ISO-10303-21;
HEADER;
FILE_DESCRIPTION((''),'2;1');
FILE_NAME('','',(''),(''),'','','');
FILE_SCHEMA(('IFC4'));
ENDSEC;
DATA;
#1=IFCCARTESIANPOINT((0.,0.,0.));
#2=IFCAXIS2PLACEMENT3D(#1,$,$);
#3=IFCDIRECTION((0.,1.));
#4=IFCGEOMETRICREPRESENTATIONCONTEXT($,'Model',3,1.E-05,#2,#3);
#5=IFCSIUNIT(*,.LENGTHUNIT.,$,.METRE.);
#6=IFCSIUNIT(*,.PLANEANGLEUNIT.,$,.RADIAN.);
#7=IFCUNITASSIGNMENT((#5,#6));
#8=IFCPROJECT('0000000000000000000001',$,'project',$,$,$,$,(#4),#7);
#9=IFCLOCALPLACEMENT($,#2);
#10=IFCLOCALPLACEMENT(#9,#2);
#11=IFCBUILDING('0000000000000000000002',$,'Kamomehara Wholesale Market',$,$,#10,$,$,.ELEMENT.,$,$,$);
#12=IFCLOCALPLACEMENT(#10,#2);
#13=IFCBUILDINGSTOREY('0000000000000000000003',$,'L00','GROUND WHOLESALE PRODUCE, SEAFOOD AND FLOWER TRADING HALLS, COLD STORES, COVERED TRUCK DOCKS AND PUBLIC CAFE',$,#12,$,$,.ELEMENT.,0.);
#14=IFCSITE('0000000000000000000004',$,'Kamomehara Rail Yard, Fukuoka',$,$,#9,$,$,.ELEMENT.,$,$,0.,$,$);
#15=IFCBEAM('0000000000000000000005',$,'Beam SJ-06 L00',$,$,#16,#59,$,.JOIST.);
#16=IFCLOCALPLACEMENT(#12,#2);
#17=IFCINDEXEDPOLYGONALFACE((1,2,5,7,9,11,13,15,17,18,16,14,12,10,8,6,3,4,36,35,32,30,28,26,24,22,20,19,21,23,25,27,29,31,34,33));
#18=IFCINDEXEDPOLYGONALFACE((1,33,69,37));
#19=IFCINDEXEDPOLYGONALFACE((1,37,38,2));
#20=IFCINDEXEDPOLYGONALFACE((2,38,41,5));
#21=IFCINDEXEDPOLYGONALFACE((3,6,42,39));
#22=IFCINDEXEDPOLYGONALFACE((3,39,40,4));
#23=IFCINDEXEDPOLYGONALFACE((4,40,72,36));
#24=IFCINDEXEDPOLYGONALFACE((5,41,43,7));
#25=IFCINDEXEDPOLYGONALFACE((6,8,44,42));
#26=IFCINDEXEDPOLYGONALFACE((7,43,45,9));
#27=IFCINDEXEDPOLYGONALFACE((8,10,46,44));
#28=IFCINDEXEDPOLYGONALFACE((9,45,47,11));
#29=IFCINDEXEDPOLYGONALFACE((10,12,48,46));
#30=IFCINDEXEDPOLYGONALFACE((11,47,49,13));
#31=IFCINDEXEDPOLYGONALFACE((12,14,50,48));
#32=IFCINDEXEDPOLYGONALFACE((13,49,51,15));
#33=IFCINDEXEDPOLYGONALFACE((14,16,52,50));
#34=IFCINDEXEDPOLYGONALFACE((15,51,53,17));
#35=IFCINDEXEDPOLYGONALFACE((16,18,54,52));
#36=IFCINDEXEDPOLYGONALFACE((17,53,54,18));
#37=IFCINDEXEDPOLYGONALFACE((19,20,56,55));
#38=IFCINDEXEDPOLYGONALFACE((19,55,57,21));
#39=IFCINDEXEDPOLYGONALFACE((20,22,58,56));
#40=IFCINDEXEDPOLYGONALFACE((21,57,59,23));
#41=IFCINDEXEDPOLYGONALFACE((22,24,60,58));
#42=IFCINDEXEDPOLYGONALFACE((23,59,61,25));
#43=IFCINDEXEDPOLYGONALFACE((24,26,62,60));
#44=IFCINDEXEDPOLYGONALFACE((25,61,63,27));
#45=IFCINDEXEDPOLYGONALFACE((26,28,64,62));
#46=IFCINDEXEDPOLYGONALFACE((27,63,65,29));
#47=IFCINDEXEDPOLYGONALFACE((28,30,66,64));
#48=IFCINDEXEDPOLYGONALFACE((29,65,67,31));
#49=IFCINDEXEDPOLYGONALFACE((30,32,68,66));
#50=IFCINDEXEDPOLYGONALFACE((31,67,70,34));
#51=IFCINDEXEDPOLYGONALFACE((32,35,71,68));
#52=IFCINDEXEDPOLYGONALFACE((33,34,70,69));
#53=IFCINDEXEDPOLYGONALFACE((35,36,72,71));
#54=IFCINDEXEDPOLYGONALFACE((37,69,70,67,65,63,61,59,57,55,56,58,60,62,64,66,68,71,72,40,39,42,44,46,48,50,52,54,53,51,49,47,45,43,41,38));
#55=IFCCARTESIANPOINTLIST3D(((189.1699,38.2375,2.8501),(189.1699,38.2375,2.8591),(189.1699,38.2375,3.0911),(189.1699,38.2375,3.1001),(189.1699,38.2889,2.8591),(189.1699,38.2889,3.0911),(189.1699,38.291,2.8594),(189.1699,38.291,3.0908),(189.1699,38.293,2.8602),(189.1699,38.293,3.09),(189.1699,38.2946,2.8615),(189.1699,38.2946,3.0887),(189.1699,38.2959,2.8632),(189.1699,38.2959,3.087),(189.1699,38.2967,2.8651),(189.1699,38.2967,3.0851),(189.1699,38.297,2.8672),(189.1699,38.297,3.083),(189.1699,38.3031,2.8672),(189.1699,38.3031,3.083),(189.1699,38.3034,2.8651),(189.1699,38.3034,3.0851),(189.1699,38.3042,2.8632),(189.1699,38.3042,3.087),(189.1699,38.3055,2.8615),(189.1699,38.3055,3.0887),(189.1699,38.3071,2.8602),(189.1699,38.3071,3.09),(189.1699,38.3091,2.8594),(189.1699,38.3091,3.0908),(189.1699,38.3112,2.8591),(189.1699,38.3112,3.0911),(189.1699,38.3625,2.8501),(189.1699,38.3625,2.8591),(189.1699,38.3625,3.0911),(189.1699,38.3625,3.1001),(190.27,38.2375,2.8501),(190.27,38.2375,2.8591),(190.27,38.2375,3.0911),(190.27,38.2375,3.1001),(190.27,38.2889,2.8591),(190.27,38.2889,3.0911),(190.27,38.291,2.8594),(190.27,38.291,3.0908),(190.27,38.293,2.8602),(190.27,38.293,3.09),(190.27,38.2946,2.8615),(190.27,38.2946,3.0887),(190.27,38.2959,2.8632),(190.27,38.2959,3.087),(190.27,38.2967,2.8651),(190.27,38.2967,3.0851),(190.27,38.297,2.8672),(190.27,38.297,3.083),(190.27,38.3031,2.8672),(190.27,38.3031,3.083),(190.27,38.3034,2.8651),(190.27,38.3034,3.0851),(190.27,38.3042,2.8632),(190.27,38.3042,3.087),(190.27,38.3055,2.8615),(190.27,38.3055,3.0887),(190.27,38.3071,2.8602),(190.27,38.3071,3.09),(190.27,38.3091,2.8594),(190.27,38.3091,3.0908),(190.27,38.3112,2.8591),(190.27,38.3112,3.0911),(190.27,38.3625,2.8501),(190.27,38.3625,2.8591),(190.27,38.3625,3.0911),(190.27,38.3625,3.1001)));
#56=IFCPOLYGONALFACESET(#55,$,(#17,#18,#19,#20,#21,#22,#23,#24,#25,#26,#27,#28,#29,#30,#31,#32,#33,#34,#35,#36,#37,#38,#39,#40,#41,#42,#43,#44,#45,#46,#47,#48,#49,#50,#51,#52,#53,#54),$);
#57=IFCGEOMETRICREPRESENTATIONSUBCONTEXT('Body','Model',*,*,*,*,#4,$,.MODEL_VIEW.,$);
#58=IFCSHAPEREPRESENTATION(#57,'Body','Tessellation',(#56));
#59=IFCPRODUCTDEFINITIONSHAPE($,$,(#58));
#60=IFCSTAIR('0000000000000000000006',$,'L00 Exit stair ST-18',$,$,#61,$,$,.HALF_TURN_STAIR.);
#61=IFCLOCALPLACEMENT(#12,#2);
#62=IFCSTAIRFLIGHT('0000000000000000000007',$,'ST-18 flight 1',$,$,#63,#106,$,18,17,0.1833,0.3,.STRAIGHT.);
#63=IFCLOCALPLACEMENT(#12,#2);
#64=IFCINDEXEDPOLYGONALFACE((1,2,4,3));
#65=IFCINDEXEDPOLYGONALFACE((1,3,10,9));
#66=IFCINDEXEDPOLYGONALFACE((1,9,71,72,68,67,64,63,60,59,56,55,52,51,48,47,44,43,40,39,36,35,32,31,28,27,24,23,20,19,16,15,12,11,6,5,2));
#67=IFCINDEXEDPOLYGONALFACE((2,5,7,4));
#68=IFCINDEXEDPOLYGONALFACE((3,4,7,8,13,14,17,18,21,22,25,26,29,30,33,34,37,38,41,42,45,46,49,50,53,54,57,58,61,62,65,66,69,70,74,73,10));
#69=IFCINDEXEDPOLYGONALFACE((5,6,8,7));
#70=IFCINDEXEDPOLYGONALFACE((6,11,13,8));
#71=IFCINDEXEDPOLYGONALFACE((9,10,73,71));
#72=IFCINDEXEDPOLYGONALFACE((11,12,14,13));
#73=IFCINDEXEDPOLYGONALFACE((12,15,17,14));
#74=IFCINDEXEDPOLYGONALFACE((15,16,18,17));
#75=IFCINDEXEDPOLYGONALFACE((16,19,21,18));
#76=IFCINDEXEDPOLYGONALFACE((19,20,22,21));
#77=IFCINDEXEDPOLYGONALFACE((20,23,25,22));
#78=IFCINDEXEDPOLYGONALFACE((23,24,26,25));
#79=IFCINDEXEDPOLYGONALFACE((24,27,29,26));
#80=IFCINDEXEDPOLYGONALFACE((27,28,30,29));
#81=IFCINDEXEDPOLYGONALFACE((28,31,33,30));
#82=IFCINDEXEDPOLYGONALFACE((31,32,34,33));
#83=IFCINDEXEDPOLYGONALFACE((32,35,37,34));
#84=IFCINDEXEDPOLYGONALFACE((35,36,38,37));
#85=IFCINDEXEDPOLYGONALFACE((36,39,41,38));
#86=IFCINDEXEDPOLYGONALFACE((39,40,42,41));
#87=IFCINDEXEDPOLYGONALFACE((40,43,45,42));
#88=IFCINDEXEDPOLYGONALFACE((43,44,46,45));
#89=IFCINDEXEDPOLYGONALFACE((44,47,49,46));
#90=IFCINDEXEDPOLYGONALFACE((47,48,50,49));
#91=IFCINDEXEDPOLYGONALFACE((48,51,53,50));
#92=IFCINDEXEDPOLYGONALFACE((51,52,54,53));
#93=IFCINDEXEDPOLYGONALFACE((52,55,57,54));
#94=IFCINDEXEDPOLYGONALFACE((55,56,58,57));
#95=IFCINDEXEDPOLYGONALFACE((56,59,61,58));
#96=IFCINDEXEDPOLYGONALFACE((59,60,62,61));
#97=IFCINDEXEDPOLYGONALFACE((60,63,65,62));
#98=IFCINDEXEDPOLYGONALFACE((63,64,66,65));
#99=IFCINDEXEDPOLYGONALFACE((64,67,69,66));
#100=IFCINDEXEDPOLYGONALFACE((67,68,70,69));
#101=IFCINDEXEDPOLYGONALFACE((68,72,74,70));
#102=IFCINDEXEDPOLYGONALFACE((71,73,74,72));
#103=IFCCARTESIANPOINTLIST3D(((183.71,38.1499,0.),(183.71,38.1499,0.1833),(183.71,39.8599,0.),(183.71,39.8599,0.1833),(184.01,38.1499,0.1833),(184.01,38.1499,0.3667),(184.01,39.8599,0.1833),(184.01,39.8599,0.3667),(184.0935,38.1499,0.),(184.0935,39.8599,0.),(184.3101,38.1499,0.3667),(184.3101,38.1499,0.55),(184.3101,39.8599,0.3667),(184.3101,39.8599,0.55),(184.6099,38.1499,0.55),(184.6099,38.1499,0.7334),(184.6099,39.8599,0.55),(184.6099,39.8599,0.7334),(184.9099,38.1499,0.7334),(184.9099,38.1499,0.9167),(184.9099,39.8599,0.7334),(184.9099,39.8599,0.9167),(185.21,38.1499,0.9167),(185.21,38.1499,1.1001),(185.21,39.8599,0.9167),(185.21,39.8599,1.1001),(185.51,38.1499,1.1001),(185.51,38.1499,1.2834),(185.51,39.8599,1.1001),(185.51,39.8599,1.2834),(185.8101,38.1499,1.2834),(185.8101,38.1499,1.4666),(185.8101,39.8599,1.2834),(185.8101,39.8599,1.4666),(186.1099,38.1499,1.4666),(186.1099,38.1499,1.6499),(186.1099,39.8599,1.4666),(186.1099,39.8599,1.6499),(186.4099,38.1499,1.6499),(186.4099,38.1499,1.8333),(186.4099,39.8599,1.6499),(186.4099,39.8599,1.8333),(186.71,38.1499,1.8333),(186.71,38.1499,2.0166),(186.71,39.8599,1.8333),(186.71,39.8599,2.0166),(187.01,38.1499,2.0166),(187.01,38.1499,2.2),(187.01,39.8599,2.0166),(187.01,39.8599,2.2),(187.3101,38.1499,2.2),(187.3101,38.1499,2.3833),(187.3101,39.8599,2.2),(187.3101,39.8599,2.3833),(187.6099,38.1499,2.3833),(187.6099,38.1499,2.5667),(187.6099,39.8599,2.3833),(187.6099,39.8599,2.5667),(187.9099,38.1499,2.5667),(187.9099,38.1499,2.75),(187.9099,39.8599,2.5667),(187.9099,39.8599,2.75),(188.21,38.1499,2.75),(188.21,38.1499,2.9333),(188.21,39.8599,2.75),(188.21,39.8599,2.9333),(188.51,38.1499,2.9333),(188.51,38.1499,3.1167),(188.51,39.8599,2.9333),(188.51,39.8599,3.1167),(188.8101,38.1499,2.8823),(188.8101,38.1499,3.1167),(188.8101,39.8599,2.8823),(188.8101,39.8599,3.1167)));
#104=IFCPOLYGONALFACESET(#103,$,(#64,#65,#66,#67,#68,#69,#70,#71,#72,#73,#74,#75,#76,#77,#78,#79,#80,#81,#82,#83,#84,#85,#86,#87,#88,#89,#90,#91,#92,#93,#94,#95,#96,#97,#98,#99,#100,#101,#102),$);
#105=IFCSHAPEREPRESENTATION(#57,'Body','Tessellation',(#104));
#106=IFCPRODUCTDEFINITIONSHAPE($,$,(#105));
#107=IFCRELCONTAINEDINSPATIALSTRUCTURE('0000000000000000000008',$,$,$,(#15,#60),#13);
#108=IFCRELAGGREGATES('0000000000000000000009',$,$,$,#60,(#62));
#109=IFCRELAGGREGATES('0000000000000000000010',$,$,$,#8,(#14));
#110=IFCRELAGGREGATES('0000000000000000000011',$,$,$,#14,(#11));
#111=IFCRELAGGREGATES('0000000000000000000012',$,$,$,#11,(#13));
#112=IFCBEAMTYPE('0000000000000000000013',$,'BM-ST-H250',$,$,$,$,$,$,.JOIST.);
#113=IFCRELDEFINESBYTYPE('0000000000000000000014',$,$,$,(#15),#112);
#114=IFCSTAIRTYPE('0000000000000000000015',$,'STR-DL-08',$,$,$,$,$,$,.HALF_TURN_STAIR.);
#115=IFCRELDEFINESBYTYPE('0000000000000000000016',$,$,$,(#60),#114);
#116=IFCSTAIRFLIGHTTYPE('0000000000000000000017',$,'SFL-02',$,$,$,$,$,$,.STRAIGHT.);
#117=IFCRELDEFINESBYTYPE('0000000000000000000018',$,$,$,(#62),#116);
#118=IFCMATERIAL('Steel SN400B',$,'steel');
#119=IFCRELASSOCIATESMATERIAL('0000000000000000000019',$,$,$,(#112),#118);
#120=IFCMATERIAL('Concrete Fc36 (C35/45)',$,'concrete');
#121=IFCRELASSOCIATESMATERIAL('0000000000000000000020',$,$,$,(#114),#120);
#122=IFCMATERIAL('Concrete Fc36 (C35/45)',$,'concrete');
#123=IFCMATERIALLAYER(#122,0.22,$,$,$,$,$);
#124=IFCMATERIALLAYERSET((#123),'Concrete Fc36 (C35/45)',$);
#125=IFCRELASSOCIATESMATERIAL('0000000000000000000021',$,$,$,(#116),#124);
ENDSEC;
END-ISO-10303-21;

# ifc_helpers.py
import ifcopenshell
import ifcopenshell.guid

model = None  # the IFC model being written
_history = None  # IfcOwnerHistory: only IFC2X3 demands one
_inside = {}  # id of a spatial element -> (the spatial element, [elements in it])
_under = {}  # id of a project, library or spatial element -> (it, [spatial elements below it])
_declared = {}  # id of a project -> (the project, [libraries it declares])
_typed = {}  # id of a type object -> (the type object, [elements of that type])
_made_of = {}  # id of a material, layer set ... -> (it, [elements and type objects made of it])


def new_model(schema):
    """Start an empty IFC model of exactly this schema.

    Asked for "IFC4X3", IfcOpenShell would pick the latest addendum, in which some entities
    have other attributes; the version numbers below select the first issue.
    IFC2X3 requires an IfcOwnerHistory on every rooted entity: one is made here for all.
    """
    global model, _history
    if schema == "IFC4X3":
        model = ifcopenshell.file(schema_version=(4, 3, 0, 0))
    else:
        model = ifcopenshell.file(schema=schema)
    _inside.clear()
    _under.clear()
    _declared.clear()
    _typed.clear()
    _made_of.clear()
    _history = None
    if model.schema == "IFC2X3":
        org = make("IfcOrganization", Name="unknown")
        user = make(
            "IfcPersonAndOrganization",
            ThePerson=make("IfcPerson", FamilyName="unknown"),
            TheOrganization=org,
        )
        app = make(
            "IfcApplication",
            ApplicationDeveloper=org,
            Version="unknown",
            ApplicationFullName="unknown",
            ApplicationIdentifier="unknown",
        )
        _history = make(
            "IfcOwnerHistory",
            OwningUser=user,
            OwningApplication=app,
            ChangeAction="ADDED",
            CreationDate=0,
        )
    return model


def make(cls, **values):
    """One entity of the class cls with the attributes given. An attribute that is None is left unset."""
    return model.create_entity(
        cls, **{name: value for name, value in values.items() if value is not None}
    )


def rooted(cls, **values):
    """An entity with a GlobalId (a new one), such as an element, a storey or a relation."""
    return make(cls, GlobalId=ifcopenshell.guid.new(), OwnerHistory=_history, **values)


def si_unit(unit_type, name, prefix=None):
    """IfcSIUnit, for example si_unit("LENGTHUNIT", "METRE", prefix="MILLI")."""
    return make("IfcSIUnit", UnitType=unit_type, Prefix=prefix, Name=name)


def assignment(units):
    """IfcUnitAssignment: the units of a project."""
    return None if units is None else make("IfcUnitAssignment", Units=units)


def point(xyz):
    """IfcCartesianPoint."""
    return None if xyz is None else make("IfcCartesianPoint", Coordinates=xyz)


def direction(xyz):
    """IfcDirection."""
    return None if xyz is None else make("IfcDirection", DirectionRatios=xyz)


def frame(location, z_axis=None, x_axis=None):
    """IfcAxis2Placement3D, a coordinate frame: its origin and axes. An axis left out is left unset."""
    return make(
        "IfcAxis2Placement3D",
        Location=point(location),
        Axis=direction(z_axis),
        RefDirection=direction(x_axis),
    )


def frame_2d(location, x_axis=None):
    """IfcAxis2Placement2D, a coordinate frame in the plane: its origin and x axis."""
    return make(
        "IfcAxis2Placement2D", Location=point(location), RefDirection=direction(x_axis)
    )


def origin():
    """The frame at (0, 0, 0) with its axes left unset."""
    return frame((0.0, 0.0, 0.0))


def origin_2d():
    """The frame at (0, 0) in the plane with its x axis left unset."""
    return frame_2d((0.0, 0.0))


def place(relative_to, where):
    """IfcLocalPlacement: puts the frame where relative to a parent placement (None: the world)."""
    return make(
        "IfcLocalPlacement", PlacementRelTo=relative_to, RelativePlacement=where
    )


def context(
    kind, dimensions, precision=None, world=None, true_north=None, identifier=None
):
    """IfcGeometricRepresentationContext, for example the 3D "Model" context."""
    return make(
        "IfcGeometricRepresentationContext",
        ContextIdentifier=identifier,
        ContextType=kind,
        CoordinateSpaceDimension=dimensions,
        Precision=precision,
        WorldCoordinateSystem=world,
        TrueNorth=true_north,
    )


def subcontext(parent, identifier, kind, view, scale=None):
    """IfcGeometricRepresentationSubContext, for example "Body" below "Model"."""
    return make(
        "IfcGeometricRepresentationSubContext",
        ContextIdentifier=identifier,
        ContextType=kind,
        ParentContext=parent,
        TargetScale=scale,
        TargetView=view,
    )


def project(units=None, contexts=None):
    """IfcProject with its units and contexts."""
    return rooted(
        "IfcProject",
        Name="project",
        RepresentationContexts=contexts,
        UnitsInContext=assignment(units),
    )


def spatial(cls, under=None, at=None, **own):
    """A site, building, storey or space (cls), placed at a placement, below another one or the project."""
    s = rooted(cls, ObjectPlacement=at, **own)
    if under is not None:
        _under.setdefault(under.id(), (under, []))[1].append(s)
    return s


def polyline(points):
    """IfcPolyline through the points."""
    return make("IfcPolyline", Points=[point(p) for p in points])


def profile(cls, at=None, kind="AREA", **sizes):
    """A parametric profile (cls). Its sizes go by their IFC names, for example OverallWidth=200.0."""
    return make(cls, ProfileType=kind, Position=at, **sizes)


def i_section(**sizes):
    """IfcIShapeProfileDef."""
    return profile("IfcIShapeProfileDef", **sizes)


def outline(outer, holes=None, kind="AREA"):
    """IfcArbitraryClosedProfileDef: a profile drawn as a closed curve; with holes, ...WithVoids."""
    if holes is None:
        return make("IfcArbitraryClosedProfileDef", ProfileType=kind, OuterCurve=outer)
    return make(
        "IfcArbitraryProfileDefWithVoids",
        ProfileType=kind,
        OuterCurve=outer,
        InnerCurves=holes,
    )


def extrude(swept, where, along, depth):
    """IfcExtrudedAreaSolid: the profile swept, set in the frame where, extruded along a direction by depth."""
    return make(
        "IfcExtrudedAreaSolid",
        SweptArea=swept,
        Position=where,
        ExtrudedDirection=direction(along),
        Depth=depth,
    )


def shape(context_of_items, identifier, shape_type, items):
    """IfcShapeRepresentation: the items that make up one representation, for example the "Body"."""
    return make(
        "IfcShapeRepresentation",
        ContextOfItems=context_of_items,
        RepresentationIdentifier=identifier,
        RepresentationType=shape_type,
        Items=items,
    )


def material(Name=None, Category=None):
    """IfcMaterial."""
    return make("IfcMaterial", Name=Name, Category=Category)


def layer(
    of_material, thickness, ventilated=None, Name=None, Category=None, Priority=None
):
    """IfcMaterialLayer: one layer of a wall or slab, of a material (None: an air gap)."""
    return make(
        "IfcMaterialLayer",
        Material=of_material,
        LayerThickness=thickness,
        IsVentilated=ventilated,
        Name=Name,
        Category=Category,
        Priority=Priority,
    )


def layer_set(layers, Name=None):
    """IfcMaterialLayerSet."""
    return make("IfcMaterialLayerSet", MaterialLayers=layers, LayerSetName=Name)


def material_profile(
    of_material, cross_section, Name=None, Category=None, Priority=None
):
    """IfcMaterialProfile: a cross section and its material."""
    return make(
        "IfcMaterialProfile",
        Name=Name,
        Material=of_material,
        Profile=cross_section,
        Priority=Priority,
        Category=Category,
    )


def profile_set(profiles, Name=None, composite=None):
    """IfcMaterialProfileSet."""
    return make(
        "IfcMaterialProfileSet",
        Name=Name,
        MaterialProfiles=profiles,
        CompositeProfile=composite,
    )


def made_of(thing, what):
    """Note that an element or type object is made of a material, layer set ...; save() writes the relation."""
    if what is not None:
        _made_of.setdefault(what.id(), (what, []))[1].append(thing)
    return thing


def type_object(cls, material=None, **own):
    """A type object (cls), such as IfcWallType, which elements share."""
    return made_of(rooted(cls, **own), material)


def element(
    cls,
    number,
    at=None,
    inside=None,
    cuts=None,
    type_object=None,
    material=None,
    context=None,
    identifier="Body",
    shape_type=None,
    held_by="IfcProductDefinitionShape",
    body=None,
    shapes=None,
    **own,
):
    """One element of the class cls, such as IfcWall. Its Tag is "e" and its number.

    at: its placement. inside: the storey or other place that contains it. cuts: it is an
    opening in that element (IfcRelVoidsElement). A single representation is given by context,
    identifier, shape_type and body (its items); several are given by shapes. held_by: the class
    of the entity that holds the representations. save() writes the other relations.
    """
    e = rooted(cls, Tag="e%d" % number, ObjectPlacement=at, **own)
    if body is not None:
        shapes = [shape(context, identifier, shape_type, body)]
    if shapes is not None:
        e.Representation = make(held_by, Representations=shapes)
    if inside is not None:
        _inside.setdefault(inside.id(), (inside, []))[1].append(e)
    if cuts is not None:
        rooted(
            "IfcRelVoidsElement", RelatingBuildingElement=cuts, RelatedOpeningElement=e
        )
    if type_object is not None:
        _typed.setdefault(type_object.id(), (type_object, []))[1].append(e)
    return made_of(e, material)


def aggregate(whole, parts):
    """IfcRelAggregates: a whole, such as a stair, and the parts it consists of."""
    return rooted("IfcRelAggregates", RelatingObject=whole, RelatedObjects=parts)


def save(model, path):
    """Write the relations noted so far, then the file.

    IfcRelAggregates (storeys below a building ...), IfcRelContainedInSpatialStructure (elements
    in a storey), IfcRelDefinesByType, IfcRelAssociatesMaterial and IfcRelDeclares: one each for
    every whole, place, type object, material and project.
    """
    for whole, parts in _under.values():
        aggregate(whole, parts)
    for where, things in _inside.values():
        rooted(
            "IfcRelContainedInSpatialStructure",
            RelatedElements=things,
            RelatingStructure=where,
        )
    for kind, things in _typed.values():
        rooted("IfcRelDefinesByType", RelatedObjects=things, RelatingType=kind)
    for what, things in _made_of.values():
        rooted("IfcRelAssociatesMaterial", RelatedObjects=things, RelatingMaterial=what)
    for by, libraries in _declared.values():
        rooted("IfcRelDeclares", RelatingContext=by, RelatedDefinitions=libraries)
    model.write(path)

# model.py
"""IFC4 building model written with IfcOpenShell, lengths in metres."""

from ifc_helpers import new_model, si_unit, direction, frame, origin, origin_2d, place, context, subcontext, project, spatial, polyline, i_section, outline, extrude, material, layer, layer_set, material_profile, profile_set, type_object, element, aggregate, save


model = new_model("IFC4")

# Units and contexts
model_context = context("Model", 3, precision=1e-05, world=origin(), true_north=direction((0.0, 1.0)))
body_context = subcontext(model_context, "Body", "Model", "MODEL_VIEW")
ifc_project = project(units=[si_unit("LENGTHUNIT", "METRE"), si_unit("PLANEANGLEUNIT", "RADIAN")], contexts=[model_context])

# Site, building, storey
site_placement = place(None, origin())
site = spatial("IfcSite", under=ifc_project, at=site_placement, Name="Kamomehara Rail Yard, Fukuoka", CompositionType="ELEMENT", RefElevation=0.0)
building_placement = place(site_placement, origin())
building = spatial("IfcBuilding", under=site, at=building_placement, Name="Kamomehara Wholesale Market", CompositionType="ELEMENT")
storey_placement = place(building_placement, origin())
storey = spatial("IfcBuildingStorey", under=building, at=storey_placement, Name="L00", Description="GROUND WHOLESALE PRODUCE, SEAFOOD AND FLOWER TRADING HALLS, COLD STORES, COVERED TRUCK DOCKS AND PUBLIC CAFE", CompositionType="ELEMENT", Elevation=0.0)

# Beam
ifc_material_1 = material(Name="Steel SN400B", Category="steel")
ifc_material_profile_1 = material_profile(ifc_material_1, i_section(OverallWidth=0.125, OverallDepth=0.25, WebThickness=0.0061, FlangeThickness=0.009, FilletRadius=0.0081, at=origin_2d()), Name="H-250x125x6x9")
ifc_profile_set_1 = profile_set([ifc_material_profile_1], Name="Steel SN400B")
beam_type = type_object("IfcBeamType", Name="BM-ST-H250", PredefinedType="JOIST", material=ifc_profile_set_1)
beam_1_placement = place(storey_placement, frame((189.1699, 38.3, 2.9751), z_axis=(1.0, 0.0, 0.0), x_axis=(0.0, 1.0, 0.0)))
element("IfcBeam", 1, at=beam_1_placement, inside=storey, type_object=beam_type, Name="Beam SJ-06 L00", PredefinedType="JOIST", context=body_context, shape_type="SweptSolid", body=[
    extrude(i_section(OverallWidth=0.125, OverallDepth=0.25, WebThickness=0.0061, FlangeThickness=0.009, FilletRadius=0.0081, at=origin_2d()), origin(), (0.0, 0.0, 1.0), 1.1001),
])

# Stair, stair flight
ifc_material_2 = material(Name="Concrete Fc36 (C35/45)", Category="concrete")
stair_type = type_object("IfcStairType", Name="STR-DL-08", PredefinedType="HALF_TURN_STAIR", material=ifc_material_2)
stair_placement = place(storey_placement, origin())
stair = element("IfcStair", 2, at=stair_placement, inside=storey, type_object=stair_type, Name="L00 Exit stair ST-18", PredefinedType="HALF_TURN_STAIR")
ifc_material_3 = material(Name="Concrete Fc36 (C35/45)", Category="concrete")
ifc_layer = layer(ifc_material_3, 0.22)
ifc_layer_set = layer_set([ifc_layer], Name="Concrete Fc36 (C35/45)")
stair_flight_type = type_object("IfcStairFlightType", Name="SFL-02", PredefinedType="STRAIGHT", material=ifc_layer_set)
stair_flight_placement = place(storey_placement, frame((183.71, 39.0049, 0.0), z_axis=(0.0, 0.0, 1.0), x_axis=(1.0, 0.0, 0.0)))
stair_flight = element("IfcStairFlight", 3, at=stair_flight_placement, type_object=stair_flight_type, Name="ST-18 flight 1", NumberOfRisers=18, NumberOfTreads=17, PredefinedType="STRAIGHT", RiserHeight=0.1833, TreadLength=0.3, context=body_context, shape_type="SweptSolid", body=[
    extrude(outline(polyline([(0.0, 0.0), (0.0, 0.1833), (0.3, 0.1833), (0.3, 0.3667), (0.6001, 0.3667), (0.6001, 0.55), (0.8999, 0.55), (0.8999, 0.7334), (1.2, 0.7334), (1.2, 0.9167), (1.5, 0.9167), (1.5, 1.1001), (1.8, 1.1001), (1.8, 1.2834), (2.1001, 1.2834), (2.1001, 1.4666), (2.3999, 1.4666), (2.3999, 1.6499), (2.7, 1.6499), (2.7, 1.8333), (3.0, 1.8333), (3.0, 2.0166), (3.3, 2.0166), (3.3, 2.2), (3.6001, 2.2), (3.6001, 2.3833), (3.8999, 2.3833), (3.8999, 2.5667), (4.2, 2.5667), (4.2, 2.75), (4.5, 2.75), (4.5, 2.9333), (4.8, 2.9333), (4.8, 3.1167), (5.1001, 3.1167), (5.1001, 3.3), (5.1001, 2.8823), (0.3835, 0.0), (0.0, 0.0)])), frame((0.0, 0.855, 0.0), z_axis=(0.0, -1.0, 0.0), x_axis=(1.0, 0.0, 0.0)), (0.0, 0.0, 1.0), 1.71),
])
aggregate(stair, [stair_flight])

save(model, "model.ifc")
